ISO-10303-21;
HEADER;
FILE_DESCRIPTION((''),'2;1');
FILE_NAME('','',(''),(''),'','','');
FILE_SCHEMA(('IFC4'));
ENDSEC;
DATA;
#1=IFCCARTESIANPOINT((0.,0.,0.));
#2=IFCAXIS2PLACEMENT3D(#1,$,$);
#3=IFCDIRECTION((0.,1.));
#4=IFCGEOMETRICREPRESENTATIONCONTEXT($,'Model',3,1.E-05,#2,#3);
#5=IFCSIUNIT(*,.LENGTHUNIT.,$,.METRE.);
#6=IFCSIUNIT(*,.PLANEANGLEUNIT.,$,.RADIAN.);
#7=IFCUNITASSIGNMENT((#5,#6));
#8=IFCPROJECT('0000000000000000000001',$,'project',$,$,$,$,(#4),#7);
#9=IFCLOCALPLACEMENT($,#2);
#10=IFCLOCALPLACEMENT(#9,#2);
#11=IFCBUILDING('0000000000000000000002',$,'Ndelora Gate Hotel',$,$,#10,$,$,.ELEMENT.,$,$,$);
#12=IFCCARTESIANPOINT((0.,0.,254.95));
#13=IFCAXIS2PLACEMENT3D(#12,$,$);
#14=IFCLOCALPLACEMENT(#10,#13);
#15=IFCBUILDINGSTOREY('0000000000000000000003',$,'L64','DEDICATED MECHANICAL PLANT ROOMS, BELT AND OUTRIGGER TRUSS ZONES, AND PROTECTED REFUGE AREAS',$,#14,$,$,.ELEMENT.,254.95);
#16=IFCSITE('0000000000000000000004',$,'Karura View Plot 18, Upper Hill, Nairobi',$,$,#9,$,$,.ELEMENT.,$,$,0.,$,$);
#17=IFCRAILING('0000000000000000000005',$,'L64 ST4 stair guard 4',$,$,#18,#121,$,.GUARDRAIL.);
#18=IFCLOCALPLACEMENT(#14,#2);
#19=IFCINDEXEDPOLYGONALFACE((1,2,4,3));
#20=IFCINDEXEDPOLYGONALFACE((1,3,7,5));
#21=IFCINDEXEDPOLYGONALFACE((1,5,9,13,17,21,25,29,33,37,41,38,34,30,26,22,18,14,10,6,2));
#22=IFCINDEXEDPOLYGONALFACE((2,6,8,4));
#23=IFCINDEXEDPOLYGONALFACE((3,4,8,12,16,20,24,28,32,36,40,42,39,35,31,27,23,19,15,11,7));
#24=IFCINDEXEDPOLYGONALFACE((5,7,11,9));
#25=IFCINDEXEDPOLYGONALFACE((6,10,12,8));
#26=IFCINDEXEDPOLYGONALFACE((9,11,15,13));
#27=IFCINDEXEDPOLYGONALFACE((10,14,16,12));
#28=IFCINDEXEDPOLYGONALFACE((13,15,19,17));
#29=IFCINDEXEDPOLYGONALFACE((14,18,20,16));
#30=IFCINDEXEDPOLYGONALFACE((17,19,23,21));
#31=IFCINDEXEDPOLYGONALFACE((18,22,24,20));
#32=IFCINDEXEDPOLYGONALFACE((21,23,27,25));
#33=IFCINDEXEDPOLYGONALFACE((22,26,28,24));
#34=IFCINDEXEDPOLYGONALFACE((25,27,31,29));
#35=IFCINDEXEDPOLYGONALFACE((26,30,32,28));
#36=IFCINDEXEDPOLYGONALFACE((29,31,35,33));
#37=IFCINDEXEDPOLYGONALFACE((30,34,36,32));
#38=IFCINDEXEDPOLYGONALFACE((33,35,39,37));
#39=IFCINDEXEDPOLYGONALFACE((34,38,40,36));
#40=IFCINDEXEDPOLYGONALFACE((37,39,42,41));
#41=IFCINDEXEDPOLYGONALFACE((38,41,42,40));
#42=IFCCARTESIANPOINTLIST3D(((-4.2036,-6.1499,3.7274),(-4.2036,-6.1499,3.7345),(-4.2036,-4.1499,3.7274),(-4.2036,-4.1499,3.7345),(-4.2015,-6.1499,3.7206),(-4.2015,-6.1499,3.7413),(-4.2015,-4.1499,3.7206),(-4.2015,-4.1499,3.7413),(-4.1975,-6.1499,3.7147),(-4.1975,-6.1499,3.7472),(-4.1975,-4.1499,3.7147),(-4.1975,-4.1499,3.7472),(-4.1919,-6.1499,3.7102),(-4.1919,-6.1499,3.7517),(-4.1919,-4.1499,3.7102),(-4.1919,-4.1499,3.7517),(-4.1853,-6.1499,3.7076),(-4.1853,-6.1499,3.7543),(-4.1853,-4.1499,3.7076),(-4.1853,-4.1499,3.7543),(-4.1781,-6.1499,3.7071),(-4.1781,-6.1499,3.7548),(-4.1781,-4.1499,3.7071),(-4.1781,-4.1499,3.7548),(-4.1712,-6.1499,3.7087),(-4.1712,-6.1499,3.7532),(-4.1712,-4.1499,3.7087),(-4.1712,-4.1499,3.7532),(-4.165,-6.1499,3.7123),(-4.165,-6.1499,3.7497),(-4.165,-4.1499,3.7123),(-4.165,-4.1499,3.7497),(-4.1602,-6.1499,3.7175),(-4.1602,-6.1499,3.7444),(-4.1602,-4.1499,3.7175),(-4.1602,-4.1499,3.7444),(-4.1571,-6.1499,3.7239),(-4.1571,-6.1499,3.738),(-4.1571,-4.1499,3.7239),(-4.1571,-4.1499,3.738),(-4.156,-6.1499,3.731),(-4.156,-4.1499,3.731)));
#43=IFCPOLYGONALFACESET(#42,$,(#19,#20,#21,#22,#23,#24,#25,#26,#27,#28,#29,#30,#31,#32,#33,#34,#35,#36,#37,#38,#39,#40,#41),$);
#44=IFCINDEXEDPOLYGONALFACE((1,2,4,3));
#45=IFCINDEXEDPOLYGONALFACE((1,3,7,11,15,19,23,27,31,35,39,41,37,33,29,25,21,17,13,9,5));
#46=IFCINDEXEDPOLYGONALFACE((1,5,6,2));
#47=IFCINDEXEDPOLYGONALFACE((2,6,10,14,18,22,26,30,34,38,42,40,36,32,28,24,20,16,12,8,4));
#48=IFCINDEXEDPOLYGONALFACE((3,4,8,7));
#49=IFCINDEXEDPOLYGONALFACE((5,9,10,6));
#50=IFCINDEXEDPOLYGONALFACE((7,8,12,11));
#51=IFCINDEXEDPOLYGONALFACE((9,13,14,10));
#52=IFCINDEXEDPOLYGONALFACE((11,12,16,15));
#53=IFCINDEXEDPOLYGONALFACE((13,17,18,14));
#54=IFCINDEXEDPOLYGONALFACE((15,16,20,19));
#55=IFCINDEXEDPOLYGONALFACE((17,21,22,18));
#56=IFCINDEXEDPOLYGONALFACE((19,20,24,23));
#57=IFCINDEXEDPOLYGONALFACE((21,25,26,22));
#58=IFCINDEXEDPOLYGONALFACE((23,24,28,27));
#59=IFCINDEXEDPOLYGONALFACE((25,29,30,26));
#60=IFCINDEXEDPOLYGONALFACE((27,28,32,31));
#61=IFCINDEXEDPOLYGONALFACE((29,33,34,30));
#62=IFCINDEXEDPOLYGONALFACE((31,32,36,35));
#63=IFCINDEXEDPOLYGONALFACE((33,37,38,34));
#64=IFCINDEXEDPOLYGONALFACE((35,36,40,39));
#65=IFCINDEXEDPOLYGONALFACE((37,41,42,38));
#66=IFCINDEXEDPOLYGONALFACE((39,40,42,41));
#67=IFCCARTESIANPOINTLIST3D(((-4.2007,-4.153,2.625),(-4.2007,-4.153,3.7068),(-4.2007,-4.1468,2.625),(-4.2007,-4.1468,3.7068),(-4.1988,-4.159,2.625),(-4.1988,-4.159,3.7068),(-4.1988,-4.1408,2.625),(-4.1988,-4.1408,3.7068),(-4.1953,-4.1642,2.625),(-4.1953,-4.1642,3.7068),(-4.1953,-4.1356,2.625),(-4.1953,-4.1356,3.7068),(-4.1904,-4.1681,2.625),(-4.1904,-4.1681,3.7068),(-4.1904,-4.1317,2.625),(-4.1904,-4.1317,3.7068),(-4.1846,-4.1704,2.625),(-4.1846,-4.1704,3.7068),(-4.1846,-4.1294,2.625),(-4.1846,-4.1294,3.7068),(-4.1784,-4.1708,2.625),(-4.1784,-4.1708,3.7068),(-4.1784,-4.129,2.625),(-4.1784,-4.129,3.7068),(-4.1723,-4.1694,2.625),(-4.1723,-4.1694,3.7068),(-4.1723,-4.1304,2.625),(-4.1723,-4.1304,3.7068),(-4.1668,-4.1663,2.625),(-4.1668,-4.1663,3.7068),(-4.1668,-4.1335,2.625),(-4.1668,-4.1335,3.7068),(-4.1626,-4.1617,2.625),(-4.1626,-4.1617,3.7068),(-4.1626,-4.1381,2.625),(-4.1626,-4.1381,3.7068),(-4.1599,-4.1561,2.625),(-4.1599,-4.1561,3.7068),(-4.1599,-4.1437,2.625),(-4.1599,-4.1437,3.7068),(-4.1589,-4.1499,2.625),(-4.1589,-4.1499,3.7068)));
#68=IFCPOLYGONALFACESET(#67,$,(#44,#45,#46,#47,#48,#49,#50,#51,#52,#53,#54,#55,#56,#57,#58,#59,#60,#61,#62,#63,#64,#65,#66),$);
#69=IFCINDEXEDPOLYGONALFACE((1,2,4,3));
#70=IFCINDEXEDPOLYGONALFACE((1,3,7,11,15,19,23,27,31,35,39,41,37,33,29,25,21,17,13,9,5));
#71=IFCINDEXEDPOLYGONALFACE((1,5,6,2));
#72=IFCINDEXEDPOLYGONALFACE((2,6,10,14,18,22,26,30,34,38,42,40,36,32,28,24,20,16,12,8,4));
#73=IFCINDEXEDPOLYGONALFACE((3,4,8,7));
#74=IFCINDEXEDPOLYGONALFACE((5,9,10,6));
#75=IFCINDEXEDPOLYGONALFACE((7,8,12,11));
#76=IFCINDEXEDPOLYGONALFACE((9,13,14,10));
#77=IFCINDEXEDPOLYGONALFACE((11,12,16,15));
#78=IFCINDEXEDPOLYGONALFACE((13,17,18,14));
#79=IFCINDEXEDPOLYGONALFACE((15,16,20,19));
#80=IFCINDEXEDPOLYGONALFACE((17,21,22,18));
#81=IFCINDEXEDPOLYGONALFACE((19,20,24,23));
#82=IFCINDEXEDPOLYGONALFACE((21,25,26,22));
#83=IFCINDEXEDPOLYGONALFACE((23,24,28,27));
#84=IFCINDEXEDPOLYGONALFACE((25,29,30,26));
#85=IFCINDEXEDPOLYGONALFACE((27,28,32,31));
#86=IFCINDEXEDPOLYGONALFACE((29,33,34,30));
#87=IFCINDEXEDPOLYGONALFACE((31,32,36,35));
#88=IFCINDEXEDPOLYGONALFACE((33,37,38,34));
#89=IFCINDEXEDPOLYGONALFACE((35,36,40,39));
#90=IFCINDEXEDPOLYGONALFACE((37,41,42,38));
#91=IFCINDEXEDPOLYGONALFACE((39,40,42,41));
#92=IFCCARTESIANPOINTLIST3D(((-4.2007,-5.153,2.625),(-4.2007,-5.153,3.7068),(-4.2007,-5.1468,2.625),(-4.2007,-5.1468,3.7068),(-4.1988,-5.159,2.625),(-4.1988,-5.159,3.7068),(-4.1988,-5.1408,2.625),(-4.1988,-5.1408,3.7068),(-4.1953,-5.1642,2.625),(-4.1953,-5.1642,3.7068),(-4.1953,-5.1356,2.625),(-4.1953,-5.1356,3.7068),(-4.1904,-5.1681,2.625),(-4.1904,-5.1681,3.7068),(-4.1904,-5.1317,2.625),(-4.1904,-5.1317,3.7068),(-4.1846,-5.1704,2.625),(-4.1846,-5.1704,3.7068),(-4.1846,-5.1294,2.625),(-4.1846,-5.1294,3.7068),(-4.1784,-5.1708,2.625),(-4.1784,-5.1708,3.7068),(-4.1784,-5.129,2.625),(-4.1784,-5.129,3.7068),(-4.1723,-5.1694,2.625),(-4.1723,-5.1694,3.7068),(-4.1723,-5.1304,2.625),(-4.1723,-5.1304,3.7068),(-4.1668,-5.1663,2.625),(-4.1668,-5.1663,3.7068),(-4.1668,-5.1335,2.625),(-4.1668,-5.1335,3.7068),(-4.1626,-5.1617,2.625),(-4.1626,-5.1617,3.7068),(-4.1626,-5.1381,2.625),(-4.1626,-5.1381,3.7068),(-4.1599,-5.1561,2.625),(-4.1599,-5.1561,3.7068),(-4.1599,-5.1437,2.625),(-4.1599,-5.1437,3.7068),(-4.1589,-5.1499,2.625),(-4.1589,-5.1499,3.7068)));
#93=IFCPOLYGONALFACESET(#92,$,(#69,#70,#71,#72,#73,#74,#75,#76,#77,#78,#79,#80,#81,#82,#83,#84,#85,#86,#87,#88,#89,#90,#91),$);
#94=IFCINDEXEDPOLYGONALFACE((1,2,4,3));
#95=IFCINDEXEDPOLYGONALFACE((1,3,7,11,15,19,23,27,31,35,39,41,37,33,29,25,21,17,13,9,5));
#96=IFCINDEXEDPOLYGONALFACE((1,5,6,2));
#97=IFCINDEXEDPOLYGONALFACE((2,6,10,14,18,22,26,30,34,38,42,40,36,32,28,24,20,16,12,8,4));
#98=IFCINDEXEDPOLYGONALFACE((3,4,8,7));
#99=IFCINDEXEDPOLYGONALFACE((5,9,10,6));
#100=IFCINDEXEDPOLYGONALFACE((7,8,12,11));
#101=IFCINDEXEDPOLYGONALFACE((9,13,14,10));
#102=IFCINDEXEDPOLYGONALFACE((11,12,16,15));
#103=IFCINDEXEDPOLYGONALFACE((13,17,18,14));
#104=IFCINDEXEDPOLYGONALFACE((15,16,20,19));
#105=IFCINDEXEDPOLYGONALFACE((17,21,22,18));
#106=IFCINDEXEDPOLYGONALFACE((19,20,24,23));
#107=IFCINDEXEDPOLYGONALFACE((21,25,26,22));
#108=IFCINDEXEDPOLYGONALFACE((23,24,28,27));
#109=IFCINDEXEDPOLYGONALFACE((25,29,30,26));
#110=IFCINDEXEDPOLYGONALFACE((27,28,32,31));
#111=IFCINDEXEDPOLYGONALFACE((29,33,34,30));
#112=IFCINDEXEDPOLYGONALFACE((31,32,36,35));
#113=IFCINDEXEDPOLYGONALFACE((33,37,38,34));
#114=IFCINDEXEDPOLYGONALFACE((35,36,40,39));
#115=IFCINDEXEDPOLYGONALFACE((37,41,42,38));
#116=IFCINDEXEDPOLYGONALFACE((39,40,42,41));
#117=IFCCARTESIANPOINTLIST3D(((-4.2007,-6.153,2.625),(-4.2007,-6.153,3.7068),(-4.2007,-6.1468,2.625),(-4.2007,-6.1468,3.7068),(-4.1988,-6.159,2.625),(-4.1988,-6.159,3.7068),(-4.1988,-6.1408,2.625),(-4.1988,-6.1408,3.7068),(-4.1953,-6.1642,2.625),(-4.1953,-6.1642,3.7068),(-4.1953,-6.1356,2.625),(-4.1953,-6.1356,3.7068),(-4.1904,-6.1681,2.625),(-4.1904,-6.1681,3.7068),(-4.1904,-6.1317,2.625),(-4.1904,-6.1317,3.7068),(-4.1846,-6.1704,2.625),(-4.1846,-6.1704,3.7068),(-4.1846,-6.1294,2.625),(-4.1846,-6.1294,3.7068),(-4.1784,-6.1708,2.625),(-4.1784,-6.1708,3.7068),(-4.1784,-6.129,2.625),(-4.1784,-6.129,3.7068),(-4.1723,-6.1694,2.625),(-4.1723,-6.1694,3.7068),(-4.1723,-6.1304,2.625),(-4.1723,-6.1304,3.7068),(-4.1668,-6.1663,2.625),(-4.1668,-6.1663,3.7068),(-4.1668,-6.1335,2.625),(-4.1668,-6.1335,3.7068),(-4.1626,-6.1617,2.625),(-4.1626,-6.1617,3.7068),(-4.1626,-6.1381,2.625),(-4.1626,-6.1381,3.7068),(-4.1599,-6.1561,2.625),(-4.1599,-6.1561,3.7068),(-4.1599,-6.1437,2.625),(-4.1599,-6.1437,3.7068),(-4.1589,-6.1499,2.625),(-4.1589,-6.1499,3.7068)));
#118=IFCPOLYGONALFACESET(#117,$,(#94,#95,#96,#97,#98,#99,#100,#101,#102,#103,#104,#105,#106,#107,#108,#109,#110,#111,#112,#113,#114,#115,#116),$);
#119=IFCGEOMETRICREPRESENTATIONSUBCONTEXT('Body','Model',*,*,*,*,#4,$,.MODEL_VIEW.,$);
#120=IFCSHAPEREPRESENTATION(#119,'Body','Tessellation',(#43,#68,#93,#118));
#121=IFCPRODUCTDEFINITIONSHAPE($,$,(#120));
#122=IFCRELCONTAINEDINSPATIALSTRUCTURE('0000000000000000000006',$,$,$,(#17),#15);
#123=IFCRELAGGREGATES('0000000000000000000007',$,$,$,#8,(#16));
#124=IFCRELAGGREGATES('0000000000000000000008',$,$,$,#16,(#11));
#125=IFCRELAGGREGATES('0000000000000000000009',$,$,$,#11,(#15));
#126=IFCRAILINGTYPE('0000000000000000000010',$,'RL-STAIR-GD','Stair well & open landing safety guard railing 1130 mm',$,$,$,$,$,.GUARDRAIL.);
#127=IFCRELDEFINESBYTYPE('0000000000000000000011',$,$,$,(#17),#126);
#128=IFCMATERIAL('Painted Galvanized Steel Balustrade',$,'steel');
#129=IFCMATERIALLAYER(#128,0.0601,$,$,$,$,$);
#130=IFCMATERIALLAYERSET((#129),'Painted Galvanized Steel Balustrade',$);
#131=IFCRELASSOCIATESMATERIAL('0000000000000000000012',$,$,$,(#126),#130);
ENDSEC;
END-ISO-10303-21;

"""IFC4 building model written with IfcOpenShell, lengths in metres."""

from ifc_helpers import new_model, si_unit, direction, frame, origin, origin_2d, place, context, subcontext, project, spatial, circle, extrude, material, layer, layer_set, type_object, element, save


model = new_model("IFC4")

# Units and contexts
model_context = context("Model", 3, precision=1e-05, world=origin(), true_north=direction((0.0, 1.0)))
body_context = subcontext(model_context, "Body", "Model", "MODEL_VIEW")
ifc_project = project(units=[si_unit("LENGTHUNIT", "METRE"), si_unit("PLANEANGLEUNIT", "RADIAN")], contexts=[model_context])

# Site, building, storey
site_placement = place(None, origin())
site = spatial("IfcSite", under=ifc_project, at=site_placement, Name="Karura View Plot 18, Upper Hill, Nairobi", CompositionType="ELEMENT", RefElevation=0.0)
building_placement = place(site_placement, origin())
building = spatial("IfcBuilding", under=site, at=building_placement, Name="Ndelora Gate Hotel", CompositionType="ELEMENT")
storey_placement = place(building_placement, frame((0.0, 0.0, 254.95)))
storey = spatial("IfcBuildingStorey", under=building, at=storey_placement, Name="L64", Description="DEDICATED MECHANICAL PLANT ROOMS, BELT AND OUTRIGGER TRUSS ZONES, AND PROTECTED REFUGE AREAS", CompositionType="ELEMENT", Elevation=254.95)

# Railing
ifc_material_1 = material(Name="Painted Galvanized Steel Balustrade", Category="steel")
ifc_layer_1 = layer(ifc_material_1, 0.0601)
ifc_layer_set_1 = layer_set([ifc_layer_1], Name="Painted Galvanized Steel Balustrade")
railing_type_1 = type_object("IfcRailingType", Name="RL-STAIR-GD", Description="Stair well & open landing safety guard railing 1130 mm", PredefinedType="GUARDRAIL", material=ifc_layer_set_1)
for number, where, name in (
    (1, (-4.1799, -4.1499, 2.625), "L64 ST4 stair guard 4"),
):
    element("IfcRailing", number, at=place(storey_placement, frame(where)), inside=storey, type_object=railing_type_1, Name=name, PredefinedType="GUARDRAIL", context=body_context, shape_type="SweptSolid", body=[
        extrude(circle(Radius=0.0239, at=origin_2d()), frame((0.0, 0.0, 1.106), z_axis=(0.0, -1.0, 0.0), x_axis=(1.0, 0.0, 0.0)), (0.0, 0.0, 1.0), 2.0),
        extrude(circle(Radius=0.021, at=origin_2d()), origin(), (0.0, 0.0, 1.0), 1.0818),
        extrude(circle(Radius=0.021, at=origin_2d()), frame((0.0, -1.0, 0.0)), (0.0, 0.0, 1.0), 1.0818),
        extrude(circle(Radius=0.021, at=origin_2d()), frame((0.0, -2.0, 0.0)), (0.0, 0.0, 1.0), 1.0818),
    ])

save(model, "model.ifc")
